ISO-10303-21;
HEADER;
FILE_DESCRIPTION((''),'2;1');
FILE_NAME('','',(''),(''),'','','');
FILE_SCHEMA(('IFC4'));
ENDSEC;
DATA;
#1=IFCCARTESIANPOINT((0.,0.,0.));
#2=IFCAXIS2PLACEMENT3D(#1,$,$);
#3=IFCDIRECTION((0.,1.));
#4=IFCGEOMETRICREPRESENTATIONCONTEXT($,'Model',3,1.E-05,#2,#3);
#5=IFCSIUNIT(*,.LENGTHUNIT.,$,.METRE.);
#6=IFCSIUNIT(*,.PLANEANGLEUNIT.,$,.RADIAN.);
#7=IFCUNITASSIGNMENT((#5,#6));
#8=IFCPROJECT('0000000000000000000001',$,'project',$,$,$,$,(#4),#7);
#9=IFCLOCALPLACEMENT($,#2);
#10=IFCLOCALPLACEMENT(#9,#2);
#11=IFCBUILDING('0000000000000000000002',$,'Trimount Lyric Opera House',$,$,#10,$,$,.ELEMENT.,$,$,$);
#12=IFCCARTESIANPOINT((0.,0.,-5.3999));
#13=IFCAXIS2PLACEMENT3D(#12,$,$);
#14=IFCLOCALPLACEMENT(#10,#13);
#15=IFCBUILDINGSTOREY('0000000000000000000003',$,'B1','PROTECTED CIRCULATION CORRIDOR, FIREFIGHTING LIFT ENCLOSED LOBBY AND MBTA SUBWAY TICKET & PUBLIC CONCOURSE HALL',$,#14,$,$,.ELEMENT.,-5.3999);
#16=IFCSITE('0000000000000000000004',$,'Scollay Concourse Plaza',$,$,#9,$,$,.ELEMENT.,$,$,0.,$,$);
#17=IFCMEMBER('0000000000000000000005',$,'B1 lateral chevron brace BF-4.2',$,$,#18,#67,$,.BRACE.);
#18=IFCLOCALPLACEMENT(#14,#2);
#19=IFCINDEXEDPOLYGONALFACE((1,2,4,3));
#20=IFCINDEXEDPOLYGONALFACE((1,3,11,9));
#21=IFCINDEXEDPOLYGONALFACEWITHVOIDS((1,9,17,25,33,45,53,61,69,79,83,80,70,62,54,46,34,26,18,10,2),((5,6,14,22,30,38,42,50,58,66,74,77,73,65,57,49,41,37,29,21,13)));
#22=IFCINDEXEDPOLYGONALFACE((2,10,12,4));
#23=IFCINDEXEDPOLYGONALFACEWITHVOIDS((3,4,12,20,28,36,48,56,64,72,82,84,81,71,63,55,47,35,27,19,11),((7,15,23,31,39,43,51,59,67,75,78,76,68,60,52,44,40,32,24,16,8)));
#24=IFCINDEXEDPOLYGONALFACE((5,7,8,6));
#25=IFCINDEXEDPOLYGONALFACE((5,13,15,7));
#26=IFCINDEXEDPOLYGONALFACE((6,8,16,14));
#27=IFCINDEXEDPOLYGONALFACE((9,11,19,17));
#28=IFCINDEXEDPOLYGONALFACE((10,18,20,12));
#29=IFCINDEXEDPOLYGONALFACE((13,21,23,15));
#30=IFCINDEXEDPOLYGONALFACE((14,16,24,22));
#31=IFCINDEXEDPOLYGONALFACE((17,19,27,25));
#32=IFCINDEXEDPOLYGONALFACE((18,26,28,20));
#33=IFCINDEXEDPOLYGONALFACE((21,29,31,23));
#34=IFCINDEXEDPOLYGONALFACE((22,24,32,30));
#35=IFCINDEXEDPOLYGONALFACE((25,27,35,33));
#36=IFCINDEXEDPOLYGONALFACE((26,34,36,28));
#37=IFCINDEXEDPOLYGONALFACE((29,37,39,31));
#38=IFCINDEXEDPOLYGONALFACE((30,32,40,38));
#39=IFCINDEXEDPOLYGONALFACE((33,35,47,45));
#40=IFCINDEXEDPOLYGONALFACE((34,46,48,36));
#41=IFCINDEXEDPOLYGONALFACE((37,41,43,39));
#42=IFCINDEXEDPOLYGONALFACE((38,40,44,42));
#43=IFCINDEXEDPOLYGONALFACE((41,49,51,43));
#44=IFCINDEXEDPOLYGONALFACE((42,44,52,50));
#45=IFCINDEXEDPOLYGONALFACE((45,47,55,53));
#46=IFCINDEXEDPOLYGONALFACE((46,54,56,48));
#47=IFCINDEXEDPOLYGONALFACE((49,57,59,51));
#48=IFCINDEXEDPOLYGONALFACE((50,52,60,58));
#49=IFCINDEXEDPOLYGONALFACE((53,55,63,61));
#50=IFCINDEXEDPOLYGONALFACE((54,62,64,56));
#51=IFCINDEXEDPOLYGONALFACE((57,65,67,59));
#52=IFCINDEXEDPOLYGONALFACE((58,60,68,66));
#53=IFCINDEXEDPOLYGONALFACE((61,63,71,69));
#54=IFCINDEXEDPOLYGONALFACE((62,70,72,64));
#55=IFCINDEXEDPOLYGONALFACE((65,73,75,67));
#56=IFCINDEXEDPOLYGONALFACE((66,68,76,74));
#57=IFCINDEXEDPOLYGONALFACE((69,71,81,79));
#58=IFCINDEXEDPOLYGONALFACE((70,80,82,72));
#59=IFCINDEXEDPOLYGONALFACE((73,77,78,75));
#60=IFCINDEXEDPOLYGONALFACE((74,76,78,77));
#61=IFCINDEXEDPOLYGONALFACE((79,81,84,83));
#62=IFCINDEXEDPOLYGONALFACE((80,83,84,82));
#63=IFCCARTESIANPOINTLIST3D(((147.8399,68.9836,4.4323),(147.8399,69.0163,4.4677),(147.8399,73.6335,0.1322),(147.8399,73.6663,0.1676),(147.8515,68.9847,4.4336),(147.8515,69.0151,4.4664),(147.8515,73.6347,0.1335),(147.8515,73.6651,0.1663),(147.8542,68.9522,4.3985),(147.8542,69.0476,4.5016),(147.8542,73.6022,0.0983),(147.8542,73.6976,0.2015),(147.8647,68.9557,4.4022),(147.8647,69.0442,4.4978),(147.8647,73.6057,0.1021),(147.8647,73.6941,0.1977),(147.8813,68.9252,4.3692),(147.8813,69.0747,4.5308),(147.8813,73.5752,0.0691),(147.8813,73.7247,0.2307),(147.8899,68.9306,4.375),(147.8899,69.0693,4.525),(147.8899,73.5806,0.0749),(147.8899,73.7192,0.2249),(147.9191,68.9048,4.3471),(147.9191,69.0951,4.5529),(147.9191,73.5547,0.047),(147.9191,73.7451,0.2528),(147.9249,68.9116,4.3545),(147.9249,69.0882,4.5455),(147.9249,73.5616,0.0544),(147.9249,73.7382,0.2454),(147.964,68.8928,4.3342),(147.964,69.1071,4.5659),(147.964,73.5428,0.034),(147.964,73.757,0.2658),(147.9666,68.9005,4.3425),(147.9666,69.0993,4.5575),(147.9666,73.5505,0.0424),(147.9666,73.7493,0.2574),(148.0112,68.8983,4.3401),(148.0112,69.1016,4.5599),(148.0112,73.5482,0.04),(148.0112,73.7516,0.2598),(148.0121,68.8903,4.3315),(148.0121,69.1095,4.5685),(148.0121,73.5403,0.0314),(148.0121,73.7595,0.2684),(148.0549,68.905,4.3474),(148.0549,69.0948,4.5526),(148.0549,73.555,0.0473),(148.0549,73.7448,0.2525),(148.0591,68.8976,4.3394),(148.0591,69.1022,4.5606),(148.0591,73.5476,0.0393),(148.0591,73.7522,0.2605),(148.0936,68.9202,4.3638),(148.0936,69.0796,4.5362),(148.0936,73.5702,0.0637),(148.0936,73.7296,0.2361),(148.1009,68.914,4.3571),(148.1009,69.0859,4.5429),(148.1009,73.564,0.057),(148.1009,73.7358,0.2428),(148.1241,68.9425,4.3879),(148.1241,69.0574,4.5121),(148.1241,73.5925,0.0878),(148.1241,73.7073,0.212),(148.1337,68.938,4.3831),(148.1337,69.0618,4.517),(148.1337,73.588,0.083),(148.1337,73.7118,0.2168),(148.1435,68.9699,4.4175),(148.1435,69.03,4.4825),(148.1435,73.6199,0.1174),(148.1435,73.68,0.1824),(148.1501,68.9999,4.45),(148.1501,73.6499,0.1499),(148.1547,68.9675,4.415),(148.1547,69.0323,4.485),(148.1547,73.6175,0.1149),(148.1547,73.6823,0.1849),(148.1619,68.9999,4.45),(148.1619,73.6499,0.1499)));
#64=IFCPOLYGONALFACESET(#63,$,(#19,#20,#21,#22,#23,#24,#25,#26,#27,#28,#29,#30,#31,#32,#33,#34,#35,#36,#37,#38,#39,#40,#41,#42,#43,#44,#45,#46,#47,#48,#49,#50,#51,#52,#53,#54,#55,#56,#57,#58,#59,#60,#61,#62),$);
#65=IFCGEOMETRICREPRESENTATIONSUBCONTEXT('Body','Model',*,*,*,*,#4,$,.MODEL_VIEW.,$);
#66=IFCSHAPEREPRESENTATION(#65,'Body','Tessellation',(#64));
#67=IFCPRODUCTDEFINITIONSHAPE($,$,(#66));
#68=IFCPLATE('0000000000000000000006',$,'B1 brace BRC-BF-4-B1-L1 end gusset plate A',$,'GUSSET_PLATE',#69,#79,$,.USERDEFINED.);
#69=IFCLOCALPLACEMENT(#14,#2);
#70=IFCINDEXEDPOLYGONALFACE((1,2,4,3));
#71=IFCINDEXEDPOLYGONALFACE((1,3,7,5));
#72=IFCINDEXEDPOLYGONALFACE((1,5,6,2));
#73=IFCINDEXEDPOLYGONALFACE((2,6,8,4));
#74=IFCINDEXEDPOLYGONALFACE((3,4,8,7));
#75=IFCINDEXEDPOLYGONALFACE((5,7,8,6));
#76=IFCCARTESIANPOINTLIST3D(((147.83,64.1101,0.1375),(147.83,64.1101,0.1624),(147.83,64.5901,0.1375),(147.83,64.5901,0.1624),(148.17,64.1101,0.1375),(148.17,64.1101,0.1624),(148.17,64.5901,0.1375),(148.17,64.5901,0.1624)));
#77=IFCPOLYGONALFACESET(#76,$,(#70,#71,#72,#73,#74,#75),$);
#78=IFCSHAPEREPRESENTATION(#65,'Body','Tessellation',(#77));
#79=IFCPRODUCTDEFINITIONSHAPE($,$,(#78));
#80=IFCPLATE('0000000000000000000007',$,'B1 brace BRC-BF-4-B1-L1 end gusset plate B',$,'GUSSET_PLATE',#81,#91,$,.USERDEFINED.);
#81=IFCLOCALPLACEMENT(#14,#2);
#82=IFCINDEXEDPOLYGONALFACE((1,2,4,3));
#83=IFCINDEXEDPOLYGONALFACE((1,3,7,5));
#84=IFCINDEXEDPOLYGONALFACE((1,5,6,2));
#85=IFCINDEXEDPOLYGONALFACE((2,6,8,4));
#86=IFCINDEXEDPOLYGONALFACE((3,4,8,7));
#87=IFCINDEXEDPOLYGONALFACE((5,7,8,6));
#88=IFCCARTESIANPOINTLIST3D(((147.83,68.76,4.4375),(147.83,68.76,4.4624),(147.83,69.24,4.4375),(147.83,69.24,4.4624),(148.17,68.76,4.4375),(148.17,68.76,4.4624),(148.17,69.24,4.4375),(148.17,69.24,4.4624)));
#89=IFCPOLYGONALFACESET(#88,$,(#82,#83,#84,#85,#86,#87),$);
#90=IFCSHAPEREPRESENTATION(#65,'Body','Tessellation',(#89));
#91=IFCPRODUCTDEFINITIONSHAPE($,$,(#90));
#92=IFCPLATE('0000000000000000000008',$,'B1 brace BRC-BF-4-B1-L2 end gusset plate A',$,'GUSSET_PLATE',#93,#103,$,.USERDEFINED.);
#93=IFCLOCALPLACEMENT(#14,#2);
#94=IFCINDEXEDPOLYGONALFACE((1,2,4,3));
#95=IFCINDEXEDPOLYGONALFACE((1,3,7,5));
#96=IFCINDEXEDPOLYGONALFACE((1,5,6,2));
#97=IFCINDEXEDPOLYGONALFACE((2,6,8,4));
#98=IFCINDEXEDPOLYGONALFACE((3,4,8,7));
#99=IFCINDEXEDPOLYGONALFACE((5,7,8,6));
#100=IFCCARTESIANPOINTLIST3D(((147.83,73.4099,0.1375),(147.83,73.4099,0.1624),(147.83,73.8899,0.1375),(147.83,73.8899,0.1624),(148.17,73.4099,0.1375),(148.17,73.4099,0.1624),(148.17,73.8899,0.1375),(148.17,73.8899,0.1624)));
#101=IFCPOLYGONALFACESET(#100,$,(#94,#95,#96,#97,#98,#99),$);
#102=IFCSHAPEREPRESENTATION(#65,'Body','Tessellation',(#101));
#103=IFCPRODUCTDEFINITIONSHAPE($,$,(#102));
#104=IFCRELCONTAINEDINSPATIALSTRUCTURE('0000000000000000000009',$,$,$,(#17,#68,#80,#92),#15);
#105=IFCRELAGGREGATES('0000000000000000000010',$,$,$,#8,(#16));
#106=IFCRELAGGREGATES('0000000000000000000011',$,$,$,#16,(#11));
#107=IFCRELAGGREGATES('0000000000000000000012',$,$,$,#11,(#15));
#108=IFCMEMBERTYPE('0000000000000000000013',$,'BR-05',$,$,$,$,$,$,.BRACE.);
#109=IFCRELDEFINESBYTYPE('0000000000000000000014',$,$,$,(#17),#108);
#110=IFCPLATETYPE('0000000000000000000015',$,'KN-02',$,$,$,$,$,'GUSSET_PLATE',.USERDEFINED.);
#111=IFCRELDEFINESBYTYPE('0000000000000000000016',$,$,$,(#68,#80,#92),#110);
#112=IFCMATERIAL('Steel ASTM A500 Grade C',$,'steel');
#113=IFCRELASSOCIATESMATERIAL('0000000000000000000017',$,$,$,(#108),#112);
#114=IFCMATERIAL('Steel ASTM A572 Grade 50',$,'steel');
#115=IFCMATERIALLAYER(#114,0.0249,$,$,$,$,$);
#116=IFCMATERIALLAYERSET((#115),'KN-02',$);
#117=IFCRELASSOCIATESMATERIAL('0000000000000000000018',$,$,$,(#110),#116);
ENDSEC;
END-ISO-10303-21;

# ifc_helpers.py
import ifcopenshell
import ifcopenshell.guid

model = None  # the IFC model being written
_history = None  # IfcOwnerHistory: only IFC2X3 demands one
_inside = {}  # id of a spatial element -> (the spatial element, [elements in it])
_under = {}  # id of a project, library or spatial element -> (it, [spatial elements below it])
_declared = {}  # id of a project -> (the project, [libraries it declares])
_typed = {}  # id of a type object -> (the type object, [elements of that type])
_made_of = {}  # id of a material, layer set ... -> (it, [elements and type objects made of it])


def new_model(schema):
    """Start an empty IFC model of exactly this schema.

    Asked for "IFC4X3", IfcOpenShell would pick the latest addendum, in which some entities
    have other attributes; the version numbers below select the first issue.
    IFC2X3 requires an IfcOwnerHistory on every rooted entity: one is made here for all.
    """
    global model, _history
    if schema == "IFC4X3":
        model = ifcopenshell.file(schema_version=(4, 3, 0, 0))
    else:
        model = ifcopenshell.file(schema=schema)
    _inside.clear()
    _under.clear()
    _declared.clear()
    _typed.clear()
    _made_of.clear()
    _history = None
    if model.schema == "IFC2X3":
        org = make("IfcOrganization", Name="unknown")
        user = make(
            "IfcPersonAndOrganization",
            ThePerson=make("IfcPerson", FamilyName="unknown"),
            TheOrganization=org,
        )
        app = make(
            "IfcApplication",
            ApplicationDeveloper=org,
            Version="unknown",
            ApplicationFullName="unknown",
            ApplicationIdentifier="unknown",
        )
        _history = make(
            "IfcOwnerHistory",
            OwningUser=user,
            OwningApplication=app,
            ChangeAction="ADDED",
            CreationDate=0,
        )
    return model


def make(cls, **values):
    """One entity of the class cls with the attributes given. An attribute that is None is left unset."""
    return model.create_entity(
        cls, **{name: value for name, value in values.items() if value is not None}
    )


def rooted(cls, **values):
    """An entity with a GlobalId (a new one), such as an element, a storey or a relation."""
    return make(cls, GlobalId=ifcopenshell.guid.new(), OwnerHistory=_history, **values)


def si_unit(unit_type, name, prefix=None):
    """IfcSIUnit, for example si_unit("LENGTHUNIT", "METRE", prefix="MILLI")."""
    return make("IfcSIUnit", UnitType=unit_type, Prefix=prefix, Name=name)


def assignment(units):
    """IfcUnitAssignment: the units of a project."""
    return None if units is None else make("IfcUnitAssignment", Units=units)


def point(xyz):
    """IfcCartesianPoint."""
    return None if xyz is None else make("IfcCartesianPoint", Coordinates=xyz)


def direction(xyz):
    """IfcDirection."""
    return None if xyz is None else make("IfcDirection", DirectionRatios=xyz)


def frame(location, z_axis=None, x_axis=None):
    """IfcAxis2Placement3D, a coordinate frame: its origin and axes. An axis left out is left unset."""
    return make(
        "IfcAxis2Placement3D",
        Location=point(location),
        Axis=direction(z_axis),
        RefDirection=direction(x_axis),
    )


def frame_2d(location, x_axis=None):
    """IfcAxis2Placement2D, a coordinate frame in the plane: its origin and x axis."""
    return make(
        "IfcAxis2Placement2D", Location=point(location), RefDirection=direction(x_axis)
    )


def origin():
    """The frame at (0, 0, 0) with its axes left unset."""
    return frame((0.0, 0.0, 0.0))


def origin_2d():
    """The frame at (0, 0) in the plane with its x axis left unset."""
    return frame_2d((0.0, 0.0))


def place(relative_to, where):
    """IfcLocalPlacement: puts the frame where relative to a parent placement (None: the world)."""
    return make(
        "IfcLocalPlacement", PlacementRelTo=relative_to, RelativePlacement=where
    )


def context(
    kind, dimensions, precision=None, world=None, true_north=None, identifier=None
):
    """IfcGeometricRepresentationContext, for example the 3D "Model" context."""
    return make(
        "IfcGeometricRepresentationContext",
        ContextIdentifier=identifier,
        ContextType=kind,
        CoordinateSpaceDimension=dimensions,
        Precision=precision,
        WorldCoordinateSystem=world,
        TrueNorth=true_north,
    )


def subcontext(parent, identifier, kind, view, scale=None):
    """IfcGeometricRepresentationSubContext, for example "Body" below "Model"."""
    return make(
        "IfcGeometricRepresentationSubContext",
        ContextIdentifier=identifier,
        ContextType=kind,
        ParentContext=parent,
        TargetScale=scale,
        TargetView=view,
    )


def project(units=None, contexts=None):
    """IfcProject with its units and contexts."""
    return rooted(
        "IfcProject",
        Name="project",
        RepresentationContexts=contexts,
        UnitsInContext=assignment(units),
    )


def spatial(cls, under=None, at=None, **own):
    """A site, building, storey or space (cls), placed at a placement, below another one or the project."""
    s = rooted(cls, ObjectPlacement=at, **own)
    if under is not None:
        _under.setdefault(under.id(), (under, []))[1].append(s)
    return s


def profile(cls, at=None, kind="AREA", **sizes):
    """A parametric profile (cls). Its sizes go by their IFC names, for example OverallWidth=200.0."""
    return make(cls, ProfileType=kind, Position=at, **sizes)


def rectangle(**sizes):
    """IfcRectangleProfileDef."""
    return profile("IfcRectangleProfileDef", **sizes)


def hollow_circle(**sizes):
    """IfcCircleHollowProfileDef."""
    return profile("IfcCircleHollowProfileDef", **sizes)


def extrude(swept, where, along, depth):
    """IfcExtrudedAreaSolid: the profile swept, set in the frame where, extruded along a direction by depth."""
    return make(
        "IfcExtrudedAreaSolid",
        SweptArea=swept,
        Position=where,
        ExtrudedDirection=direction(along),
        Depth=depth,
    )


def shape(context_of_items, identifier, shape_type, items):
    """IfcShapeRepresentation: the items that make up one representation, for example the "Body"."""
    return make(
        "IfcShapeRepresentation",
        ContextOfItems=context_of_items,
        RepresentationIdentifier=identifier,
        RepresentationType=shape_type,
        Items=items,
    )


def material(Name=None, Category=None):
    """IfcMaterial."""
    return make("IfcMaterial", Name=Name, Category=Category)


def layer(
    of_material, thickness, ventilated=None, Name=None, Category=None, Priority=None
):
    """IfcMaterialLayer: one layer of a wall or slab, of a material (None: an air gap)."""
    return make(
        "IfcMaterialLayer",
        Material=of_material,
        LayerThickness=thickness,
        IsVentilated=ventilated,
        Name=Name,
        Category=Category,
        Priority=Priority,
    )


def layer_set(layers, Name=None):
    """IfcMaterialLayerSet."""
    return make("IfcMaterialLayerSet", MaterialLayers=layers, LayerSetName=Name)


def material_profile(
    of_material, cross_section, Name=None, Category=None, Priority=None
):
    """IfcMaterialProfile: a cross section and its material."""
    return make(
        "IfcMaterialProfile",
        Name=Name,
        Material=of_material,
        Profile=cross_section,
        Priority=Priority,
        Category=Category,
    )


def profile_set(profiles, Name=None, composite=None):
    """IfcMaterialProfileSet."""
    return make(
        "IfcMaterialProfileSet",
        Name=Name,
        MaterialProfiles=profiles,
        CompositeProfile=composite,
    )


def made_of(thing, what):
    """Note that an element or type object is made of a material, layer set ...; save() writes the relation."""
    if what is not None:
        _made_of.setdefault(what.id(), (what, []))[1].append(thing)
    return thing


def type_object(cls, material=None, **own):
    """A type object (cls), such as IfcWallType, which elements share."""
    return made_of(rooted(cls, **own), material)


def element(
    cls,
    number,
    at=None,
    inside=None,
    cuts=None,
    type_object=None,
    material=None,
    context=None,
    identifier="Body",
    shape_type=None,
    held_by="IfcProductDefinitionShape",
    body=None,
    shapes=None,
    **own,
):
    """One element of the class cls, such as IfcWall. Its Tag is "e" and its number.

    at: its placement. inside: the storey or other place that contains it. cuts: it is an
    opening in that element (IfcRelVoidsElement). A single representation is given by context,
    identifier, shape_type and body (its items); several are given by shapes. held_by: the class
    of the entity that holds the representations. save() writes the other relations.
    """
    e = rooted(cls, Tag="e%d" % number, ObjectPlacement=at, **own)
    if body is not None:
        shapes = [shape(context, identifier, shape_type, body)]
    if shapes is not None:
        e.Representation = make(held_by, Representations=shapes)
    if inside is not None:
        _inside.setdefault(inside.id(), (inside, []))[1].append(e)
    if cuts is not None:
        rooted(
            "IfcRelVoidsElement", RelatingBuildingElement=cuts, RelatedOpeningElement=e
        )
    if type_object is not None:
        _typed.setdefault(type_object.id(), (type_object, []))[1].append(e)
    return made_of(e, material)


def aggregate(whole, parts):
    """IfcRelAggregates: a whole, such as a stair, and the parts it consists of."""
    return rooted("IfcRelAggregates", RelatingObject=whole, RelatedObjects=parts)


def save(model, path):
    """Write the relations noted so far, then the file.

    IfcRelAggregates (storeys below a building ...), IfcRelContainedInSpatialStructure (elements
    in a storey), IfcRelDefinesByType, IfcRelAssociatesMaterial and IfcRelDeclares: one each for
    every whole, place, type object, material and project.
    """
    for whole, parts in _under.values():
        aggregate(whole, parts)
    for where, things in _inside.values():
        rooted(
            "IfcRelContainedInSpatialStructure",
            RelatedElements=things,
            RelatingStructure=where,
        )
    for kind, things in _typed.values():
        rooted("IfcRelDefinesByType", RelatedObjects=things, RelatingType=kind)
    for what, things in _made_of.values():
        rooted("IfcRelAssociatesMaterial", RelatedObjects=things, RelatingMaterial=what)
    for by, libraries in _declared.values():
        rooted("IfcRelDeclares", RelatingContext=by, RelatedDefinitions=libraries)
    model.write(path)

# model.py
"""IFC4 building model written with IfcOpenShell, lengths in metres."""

from ifc_helpers import new_model, si_unit, direction, frame, origin, origin_2d, place, context, subcontext, project, spatial, rectangle, hollow_circle, extrude, material, layer, layer_set, material_profile, profile_set, type_object, element, save


model = new_model("IFC4")

# Units and contexts
model_context = context("Model", 3, precision=1e-05, world=origin(), true_north=direction((0.0, 1.0)))
body_context = subcontext(model_context, "Body", "Model", "MODEL_VIEW")
ifc_project = project(units=[si_unit("LENGTHUNIT", "METRE"), si_unit("PLANEANGLEUNIT", "RADIAN")], contexts=[model_context])

# Site, building, storey
site_placement = place(None, origin())
site = spatial("IfcSite", under=ifc_project, at=site_placement, Name="Scollay Concourse Plaza", CompositionType="ELEMENT", RefElevation=0.0)
building_placement = place(site_placement, origin())
building = spatial("IfcBuilding", under=site, at=building_placement, Name="Trimount Lyric Opera House", CompositionType="ELEMENT")
storey_placement = place(building_placement, frame((0.0, 0.0, -5.3999)))
storey = spatial("IfcBuildingStorey", under=building, at=storey_placement, Name="B1", Description="PROTECTED CIRCULATION CORRIDOR, FIREFIGHTING LIFT ENCLOSED LOBBY AND MBTA SUBWAY TICKET & PUBLIC CONCOURSE HALL", CompositionType="ELEMENT", Elevation=-5.3999)

# Member
ifc_material_1 = material(Name="Steel ASTM A500 Grade C", Category="steel")
ifc_material_profile_1 = material_profile(ifc_material_1, hollow_circle(Radius=0.1619, WallThickness=0.0117, at=origin_2d()), Name="HSS323.9X12.7")
ifc_profile_set_1 = profile_set([ifc_material_profile_1], Name="Steel ASTM A500 Grade C")
member_type_1 = type_object("IfcMemberType", Name="BR-05", PredefinedType="BRACE", material=ifc_profile_set_1)
member_1_placement = place(storey_placement, frame((148.0, 73.6499, 0.1499), z_axis=(0.0, -0.734187, 0.678947), x_axis=(1.0, 0.0, 0.0)))
element("IfcMember", 1, at=member_1_placement, inside=storey, type_object=member_type_1, Name="B1 lateral chevron brace BF-4.2", PredefinedType="BRACE", context=body_context, shape_type="SweptSolid", body=[
    extrude(hollow_circle(Radius=0.1619, WallThickness=0.0117, at=origin_2d()), origin(), (0.0, 0.0, 1.0), 6.3335),
])

# Plates
ifc_material_2 = material(Name="Steel ASTM A572 Grade 50", Category="steel")
ifc_layer = layer(ifc_material_2, 0.0249)
ifc_layer_set = layer_set([ifc_layer], Name="KN-02")
plate_type = type_object("IfcPlateType", Name="KN-02", ElementType="GUSSET_PLATE", PredefinedType="USERDEFINED", material=ifc_layer_set)
for number, where, z_axis, x_axis, name in (
    (2, (148.0, 64.3501, 0.1375), (0.0, 0.0, 1.0), (0.0, 1.0, 0.0), "B1 brace BRC-BF-4-B1-L1 end gusset plate A"),
    (3, (148.0, 69.0, 4.4375), (0.0, 0.0, 1.0), (0.0, 1.0, 0.0), "B1 brace BRC-BF-4-B1-L1 end gusset plate B"),
    (4, (148.0, 73.6499, 0.1375), (0.0, 0.0, 1.0), (0.0, -1.0, 0.0), "B1 brace BRC-BF-4-B1-L2 end gusset plate A"),
):
    element("IfcPlate", number, at=place(storey_placement, frame(where, z_axis=z_axis, x_axis=x_axis)), inside=storey, type_object=plate_type, Name=name, ObjectType="GUSSET_PLATE", PredefinedType="USERDEFINED", context=body_context, shape_type="SweptSolid", body=[
        extrude(rectangle(XDim=0.48, YDim=0.3401, at=origin_2d()), origin(), (0.0, 0.0, 1.0), 0.0249),
    ])

save(model, "model.ifc")
